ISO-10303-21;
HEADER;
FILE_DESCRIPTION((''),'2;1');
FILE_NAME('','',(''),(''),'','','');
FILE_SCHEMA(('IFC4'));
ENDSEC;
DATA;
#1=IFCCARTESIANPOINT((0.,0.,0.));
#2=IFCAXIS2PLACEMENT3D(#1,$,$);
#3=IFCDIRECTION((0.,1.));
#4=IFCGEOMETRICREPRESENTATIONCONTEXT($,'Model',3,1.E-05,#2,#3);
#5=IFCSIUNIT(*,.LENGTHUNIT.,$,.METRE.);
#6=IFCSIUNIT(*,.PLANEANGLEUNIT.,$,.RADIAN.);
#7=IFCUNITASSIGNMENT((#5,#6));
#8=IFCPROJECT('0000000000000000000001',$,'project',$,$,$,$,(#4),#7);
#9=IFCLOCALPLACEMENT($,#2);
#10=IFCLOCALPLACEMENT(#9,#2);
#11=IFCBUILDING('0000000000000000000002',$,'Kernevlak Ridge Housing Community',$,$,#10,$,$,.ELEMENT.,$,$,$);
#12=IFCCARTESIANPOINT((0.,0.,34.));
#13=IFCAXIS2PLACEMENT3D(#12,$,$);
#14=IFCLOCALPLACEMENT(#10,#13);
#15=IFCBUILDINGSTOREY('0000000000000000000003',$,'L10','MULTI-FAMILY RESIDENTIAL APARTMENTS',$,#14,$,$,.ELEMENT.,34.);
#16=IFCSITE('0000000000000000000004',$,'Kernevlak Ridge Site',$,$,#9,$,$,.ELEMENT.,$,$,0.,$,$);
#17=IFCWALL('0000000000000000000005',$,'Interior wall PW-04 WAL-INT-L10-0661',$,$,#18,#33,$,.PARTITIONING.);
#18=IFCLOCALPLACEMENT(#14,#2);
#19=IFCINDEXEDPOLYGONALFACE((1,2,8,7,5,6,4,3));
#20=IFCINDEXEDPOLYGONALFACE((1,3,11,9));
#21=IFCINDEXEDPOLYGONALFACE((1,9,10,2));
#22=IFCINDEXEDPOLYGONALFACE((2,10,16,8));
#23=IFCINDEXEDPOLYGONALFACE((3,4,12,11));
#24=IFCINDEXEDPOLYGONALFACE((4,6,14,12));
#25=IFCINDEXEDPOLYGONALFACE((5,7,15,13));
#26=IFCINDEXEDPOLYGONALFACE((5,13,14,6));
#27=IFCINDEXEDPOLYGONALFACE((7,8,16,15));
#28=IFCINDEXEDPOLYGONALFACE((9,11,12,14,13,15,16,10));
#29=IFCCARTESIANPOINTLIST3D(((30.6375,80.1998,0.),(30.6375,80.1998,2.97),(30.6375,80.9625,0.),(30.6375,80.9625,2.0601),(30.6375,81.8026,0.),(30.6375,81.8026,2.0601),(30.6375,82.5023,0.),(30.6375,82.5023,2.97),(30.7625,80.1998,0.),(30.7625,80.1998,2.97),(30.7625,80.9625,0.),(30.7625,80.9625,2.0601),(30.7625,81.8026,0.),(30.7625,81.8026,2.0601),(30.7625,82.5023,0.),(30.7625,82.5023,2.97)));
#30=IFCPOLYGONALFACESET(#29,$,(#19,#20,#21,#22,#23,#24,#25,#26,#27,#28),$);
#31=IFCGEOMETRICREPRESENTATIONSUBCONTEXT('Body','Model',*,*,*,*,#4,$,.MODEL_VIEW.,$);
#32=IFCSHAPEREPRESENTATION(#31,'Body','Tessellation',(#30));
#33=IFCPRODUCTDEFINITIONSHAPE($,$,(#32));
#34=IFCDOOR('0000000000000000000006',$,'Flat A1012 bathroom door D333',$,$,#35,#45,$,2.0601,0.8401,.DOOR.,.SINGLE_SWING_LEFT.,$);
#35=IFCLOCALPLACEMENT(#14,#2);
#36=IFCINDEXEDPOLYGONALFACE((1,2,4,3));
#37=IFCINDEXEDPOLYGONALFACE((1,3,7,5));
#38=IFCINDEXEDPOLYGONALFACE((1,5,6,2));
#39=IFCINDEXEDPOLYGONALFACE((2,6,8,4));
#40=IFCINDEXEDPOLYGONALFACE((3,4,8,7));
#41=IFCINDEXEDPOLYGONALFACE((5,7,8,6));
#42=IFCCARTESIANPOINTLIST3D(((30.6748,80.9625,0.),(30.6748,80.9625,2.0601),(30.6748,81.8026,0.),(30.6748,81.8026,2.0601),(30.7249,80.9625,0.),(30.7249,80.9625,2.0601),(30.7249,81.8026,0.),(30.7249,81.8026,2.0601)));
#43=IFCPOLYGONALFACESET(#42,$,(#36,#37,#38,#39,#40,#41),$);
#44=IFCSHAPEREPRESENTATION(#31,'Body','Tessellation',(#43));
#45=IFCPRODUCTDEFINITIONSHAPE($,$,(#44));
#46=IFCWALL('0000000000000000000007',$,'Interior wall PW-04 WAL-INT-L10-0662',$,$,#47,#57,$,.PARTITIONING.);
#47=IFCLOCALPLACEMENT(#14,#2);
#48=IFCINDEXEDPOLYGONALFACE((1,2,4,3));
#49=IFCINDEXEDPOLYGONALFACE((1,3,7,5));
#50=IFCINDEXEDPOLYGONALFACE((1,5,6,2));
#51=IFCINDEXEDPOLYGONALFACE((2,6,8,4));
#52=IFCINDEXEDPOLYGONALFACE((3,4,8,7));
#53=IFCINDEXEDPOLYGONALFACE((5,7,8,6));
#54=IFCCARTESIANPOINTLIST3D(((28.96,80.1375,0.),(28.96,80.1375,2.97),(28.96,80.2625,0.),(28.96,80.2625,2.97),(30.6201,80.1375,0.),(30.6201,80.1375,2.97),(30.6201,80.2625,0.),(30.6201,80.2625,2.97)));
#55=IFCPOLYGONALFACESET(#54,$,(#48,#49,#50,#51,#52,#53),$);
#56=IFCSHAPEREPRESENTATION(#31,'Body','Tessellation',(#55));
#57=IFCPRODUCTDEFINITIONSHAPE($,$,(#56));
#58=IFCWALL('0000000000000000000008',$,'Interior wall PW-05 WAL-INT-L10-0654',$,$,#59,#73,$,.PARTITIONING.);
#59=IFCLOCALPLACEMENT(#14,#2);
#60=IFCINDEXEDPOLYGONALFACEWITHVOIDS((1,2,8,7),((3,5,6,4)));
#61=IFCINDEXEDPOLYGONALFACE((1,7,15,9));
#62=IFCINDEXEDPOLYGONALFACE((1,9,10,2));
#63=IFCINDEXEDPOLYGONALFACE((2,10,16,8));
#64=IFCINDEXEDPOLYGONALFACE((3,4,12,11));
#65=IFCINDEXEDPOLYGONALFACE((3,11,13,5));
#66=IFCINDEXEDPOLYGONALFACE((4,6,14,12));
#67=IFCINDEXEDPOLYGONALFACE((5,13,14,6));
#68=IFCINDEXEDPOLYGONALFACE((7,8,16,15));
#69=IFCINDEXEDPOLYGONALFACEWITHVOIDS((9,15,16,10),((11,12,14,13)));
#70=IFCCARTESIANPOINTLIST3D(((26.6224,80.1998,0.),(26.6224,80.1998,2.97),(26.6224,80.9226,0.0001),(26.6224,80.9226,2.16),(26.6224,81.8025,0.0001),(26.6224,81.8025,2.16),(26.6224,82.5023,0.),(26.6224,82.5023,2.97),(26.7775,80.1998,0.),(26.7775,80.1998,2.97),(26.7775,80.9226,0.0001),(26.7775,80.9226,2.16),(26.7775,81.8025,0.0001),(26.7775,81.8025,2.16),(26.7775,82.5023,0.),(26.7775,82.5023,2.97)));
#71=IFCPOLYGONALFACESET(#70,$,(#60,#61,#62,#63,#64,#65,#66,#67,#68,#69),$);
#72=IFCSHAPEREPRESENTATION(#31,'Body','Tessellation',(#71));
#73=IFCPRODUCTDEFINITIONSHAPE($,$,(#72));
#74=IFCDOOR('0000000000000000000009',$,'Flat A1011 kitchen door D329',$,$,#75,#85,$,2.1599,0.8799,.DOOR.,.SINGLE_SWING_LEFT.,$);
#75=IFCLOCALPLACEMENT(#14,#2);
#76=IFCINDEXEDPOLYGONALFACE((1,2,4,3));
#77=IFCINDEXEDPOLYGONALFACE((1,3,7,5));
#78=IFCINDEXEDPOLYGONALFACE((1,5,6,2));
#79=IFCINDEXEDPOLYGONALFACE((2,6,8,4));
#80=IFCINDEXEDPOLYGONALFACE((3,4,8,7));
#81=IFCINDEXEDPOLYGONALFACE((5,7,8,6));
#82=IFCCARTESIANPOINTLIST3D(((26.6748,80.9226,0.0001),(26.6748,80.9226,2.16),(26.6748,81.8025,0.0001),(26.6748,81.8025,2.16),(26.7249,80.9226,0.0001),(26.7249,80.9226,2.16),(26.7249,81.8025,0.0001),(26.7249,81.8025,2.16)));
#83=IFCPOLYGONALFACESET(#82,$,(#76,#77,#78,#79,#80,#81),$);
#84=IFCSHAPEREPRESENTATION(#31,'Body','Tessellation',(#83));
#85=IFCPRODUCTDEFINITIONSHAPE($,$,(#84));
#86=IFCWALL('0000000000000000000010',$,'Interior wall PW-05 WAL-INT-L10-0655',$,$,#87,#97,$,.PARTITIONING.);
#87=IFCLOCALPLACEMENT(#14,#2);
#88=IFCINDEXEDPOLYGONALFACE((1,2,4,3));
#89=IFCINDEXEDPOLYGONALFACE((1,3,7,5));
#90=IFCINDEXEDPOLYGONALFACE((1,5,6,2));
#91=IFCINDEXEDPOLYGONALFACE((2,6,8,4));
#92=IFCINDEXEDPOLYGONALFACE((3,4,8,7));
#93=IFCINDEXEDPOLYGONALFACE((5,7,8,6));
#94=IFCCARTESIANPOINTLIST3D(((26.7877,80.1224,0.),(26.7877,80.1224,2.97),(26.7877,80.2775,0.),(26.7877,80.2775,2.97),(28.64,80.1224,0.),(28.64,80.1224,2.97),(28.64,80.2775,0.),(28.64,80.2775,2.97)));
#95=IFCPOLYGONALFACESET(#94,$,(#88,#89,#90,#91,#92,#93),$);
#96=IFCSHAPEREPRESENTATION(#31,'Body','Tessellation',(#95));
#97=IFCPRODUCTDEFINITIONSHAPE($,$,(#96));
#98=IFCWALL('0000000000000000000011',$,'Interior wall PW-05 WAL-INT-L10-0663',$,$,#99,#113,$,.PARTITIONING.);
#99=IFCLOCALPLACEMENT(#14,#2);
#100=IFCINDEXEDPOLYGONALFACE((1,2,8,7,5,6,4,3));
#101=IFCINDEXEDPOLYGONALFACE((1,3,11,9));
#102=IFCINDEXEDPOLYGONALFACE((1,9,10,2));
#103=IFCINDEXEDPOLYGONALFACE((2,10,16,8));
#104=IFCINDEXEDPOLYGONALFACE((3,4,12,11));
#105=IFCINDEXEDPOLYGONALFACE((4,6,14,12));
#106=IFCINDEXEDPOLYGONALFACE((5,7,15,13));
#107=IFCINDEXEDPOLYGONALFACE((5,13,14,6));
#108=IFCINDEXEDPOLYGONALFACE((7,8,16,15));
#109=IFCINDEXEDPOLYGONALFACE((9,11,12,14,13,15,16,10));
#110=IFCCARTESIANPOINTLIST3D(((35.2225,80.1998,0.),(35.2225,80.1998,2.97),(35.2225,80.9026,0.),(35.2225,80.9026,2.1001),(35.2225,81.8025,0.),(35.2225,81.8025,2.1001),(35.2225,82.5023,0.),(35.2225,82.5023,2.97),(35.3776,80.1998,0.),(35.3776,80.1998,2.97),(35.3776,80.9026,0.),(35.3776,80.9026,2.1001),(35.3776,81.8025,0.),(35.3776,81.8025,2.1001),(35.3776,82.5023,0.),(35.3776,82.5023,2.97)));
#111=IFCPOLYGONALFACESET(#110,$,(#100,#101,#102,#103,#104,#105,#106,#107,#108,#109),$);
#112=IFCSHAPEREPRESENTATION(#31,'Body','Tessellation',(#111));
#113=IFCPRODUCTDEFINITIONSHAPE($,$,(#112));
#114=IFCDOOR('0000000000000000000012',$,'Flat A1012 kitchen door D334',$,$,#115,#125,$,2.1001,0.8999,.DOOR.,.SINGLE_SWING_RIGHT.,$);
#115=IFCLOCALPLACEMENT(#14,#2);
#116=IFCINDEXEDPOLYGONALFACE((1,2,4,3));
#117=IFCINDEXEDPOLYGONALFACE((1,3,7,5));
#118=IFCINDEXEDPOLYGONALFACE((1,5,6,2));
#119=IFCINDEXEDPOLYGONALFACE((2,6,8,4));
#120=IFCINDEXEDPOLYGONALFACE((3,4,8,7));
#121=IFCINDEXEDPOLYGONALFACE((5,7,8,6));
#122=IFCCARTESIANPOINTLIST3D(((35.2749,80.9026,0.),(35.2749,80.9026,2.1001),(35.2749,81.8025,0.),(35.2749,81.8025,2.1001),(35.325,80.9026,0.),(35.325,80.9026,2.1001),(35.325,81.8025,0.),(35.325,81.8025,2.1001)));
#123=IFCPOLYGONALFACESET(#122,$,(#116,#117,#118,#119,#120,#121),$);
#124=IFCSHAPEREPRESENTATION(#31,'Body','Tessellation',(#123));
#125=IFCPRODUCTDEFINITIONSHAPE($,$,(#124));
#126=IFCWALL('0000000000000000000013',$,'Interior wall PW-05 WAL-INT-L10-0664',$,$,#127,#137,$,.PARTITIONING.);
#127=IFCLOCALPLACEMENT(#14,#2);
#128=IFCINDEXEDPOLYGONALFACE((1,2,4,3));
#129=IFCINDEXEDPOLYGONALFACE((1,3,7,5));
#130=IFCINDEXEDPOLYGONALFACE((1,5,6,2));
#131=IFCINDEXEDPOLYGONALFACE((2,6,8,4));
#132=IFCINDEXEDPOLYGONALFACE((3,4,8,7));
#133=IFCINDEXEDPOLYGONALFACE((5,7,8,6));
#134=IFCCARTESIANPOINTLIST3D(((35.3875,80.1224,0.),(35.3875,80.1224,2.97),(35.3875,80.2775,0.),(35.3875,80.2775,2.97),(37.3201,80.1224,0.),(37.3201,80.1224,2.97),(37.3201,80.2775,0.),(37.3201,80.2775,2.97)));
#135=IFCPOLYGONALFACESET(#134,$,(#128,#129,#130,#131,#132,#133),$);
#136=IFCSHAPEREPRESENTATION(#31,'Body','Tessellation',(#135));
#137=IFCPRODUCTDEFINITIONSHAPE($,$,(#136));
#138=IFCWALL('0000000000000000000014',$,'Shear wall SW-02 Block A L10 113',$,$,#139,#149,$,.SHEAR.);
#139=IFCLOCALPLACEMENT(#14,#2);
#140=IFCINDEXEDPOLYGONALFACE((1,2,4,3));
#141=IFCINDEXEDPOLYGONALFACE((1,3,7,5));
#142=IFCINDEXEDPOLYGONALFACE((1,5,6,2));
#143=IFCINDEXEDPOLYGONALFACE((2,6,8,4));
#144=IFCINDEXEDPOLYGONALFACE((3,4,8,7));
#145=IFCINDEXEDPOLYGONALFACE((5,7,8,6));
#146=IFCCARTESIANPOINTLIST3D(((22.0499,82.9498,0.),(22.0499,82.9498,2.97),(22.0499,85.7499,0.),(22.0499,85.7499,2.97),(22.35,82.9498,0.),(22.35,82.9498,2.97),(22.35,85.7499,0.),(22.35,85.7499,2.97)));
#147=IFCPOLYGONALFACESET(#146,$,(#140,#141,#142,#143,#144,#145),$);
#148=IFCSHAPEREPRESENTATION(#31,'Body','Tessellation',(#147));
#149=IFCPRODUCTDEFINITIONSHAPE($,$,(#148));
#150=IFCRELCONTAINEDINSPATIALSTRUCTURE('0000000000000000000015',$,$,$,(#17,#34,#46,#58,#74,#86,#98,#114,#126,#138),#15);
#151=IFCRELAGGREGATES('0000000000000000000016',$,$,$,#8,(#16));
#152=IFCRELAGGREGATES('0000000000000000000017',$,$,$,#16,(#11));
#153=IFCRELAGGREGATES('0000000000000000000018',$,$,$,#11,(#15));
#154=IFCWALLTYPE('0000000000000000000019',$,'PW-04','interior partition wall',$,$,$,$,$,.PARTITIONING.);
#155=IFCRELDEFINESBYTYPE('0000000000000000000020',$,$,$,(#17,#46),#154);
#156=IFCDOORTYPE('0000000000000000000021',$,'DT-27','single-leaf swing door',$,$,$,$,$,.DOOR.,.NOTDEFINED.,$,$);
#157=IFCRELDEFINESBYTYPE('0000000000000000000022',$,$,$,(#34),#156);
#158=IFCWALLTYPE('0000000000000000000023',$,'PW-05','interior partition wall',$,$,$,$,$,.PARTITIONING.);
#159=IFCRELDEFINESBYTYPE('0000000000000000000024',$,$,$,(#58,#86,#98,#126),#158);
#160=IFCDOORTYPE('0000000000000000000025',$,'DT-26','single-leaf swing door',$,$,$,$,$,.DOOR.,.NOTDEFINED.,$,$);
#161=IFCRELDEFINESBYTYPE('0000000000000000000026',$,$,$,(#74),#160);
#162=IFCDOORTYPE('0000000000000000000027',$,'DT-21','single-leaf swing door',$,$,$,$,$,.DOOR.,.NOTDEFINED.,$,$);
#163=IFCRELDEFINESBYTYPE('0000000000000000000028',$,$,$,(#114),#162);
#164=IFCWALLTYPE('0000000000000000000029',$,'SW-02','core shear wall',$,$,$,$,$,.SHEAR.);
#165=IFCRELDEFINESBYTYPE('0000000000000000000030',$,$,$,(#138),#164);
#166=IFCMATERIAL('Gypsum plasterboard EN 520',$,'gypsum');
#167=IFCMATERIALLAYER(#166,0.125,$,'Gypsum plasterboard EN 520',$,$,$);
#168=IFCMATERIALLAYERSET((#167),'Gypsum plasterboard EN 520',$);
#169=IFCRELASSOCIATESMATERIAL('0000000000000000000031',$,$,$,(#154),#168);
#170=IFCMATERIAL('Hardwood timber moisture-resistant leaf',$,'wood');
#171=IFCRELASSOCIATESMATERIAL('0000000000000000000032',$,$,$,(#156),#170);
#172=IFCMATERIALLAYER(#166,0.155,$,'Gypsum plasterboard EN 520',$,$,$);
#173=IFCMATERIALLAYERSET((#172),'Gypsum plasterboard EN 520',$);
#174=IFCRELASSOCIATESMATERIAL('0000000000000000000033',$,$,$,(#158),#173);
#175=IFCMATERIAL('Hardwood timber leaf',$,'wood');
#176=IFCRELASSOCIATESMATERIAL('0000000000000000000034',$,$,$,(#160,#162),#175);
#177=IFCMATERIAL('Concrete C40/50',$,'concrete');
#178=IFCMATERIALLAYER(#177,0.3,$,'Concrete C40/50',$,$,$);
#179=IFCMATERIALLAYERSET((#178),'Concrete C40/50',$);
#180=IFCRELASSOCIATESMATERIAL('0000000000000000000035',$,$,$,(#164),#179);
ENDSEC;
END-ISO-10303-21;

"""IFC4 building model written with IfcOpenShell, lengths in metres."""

from ifc_helpers import new_model, si_unit, direction, frame, frame_2d, origin, place, context, subcontext, project, spatial, rectangle, extrude, material, layer, layer_set, type_object, element, fill, save


model = new_model("IFC4")

# Units and contexts
model_context = context("Model", 3, precision=1e-05, world=origin(), true_north=direction((0.0, 1.0)))
body_context = subcontext(model_context, "Body", "Model", "MODEL_VIEW")
ifc_project = project(units=[si_unit("LENGTHUNIT", "METRE"), si_unit("PLANEANGLEUNIT", "RADIAN")], contexts=[model_context])

# Site, building, storey
site_placement = place(None, origin())
site = spatial("IfcSite", under=ifc_project, at=site_placement, Name="Kernevlak Ridge Site", CompositionType="ELEMENT", RefElevation=0.0)
building_placement = place(site_placement, origin())
building = spatial("IfcBuilding", under=site, at=building_placement, Name="Kernevlak Ridge Housing Community", CompositionType="ELEMENT")
storey_placement = place(building_placement, frame((0.0, 0.0, 34.0)))
storey = spatial("IfcBuildingStorey", under=building, at=storey_placement, Name="L10", Description="MULTI-FAMILY RESIDENTIAL APARTMENTS", CompositionType="ELEMENT", Elevation=34.0)

# Wall, opening, door
ifc_material_1 = material(Name="Hardwood timber leaf", Category="wood")
ifc_material_2 = material(Name="Gypsum plasterboard EN 520", Category="gypsum")
ifc_layer_1 = layer(ifc_material_2, 0.125, Name="Gypsum plasterboard EN 520")
ifc_layer_set_1 = layer_set([ifc_layer_1], Name="Gypsum plasterboard EN 520")
wall_type_1 = type_object("IfcWallType", Name="PW-04", Description="interior partition wall", PredefinedType="PARTITIONING", material=ifc_layer_set_1)
wall_1_placement = place(storey_placement, frame((30.7, 82.5024, 0.0), z_axis=(0.0, 0.0, 1.0), x_axis=(0.0, -1.0, 0.0)))
wall_1 = element("IfcWall", 1, at=wall_1_placement, inside=storey, type_object=wall_type_1, Name="Interior wall PW-04 WAL-INT-L10-0661", PredefinedType="PARTITIONING", context=body_context, shape_type="SweptSolid", body=[
    extrude(rectangle(XDim=2.3025, YDim=0.125, at=frame_2d((1.1514, 0.0))), origin(), (0.0, 0.0, 1.0), 2.97),
])
opening_1_placement = place(wall_1_placement, frame((0.7, 0.0, 0.0)))
opening_1 = element("IfcOpeningElement", 2, at=opening_1_placement, cuts=wall_1, PredefinedType="OPENING", context=body_context, shape_type="SweptSolid", body=[
    extrude(rectangle(XDim=0.8401, YDim=2.0601, at=frame_2d((0.4199, 1.03))), frame((0.0, 0.0725, 0.0), z_axis=(0.0, -1.0, 0.0), x_axis=(1.0, 0.0, 0.0)), (0.0, 0.0, 1.0), 0.145),
])
ifc_material_3 = material(Name="Hardwood timber moisture-resistant leaf", Category="wood")
door_type_1 = type_object("IfcDoorType", Name="DT-27", Description="single-leaf swing door", OperationType="NOTDEFINED", PredefinedType="DOOR", material=ifc_material_3)
door_1_placement = place(opening_1_placement, origin())
door_1 = element("IfcDoor", 3, at=door_1_placement, inside=storey, type_object=door_type_1, Name="Flat A1012 bathroom door D333", OperationType="SINGLE_SWING_LEFT", OverallHeight=2.0601, OverallWidth=0.8401, PredefinedType="DOOR", context=body_context, shape_type="SweptSolid", body=[
    extrude(rectangle(XDim=0.8401, YDim=2.0601, at=frame_2d((0.4199, 1.03))), frame((0.0, 0.0249, 0.0), z_axis=(0.0, -1.0, 0.0), x_axis=(1.0, 0.0, 0.0)), (0.0, 0.0, 1.0), 0.05),
])
fill(opening_1, door_1)

# Wall
wall_2_placement = place(storey_placement, frame((28.96, 80.2, 0.0), z_axis=(0.0, 0.0, 1.0), x_axis=(1.0, 0.0, 0.0)))
element("IfcWall", 4, at=wall_2_placement, inside=storey, type_object=wall_type_1, Name="Interior wall PW-04 WAL-INT-L10-0662", PredefinedType="PARTITIONING", context=body_context, shape_type="SweptSolid", body=[
    extrude(rectangle(XDim=1.6602, YDim=0.125, at=frame_2d((0.8301, 0.0))), origin(), (0.0, 0.0, 1.0), 2.97),
])

# Wall, opening, door
ifc_layer_2 = layer(ifc_material_2, 0.155, Name="Gypsum plasterboard EN 520")
ifc_layer_set_2 = layer_set([ifc_layer_2], Name="Gypsum plasterboard EN 520")
wall_type_2 = type_object("IfcWallType", Name="PW-05", Description="interior partition wall", PredefinedType="PARTITIONING", material=ifc_layer_set_2)
wall_3_placement = place(storey_placement, frame((26.7, 82.5024, 0.0), z_axis=(0.0, 0.0, 1.0), x_axis=(0.0, -1.0, 0.0)))
wall_3 = element("IfcWall", 5, at=wall_3_placement, inside=storey, type_object=wall_type_2, Name="Interior wall PW-05 WAL-INT-L10-0654", PredefinedType="PARTITIONING", context=body_context, shape_type="SweptSolid", body=[
    extrude(rectangle(XDim=2.3025, YDim=0.155, at=frame_2d((1.1514, 0.0))), origin(), (0.0, 0.0, 1.0), 2.97),
])
opening_2_placement = place(wall_3_placement, frame((0.7, 0.0, 0.0)))
opening_2 = element("IfcOpeningElement", 6, at=opening_2_placement, cuts=wall_3, PredefinedType="OPENING", context=body_context, shape_type="SweptSolid", body=[
    extrude(rectangle(XDim=0.8799, YDim=2.1599, at=frame_2d((0.4399, 1.0801))), frame((0.0, 0.0874, 0.0), z_axis=(0.0, -1.0, 0.0), x_axis=(1.0, 0.0, 0.0)), (0.0, 0.0, 1.0), 0.175),
])
door_type_2 = type_object("IfcDoorType", Name="DT-26", Description="single-leaf swing door", OperationType="NOTDEFINED", PredefinedType="DOOR", material=ifc_material_1)
door_2_placement = place(opening_2_placement, origin())
door_2 = element("IfcDoor", 7, at=door_2_placement, inside=storey, type_object=door_type_2, Name="Flat A1011 kitchen door D329", OperationType="SINGLE_SWING_LEFT", OverallHeight=2.1599, OverallWidth=0.8799, PredefinedType="DOOR", context=body_context, shape_type="SweptSolid", body=[
    extrude(rectangle(XDim=0.8799, YDim=2.1599, at=frame_2d((0.4399, 1.0801))), frame((0.0, 0.0249, 0.0), z_axis=(0.0, -1.0, 0.0), x_axis=(1.0, 0.0, 0.0)), (0.0, 0.0, 1.0), 0.05),
])
fill(opening_2, door_2)

# Wall
wall_4_placement = place(storey_placement, frame((26.7876, 80.2, 0.0), z_axis=(0.0, 0.0, 1.0), x_axis=(1.0, 0.0, 0.0)))
element("IfcWall", 8, at=wall_4_placement, inside=storey, type_object=wall_type_2, Name="Interior wall PW-05 WAL-INT-L10-0655", PredefinedType="PARTITIONING", context=body_context, shape_type="SweptSolid", body=[
    extrude(rectangle(XDim=1.8523, YDim=0.155, at=frame_2d((0.9263, 0.0))), origin(), (0.0, 0.0, 1.0), 2.97),
])

# Wall, opening, door
wall_5_placement = place(storey_placement, frame((35.3, 82.5024, 0.0), z_axis=(0.0, 0.0, 1.0), x_axis=(0.0, -1.0, 0.0)))
wall_5 = element("IfcWall", 9, at=wall_5_placement, inside=storey, type_object=wall_type_2, Name="Interior wall PW-05 WAL-INT-L10-0663", PredefinedType="PARTITIONING", context=body_context, shape_type="SweptSolid", body=[
    extrude(rectangle(XDim=2.3025, YDim=0.155, at=frame_2d((1.1514, 0.0))), origin(), (0.0, 0.0, 1.0), 2.97),
])
opening_3_placement = place(wall_5_placement, frame((0.7, 0.0, 0.0)))
opening_3 = element("IfcOpeningElement", 10, at=opening_3_placement, cuts=wall_5, PredefinedType="OPENING", context=body_context, shape_type="SweptSolid", body=[
    extrude(rectangle(XDim=0.8999, YDim=2.1001, at=frame_2d((0.45, 1.05))), frame((0.0, 0.0874, 0.0), z_axis=(0.0, -1.0, 0.0), x_axis=(1.0, 0.0, 0.0)), (0.0, 0.0, 1.0), 0.175),
])
door_type_3 = type_object("IfcDoorType", Name="DT-21", Description="single-leaf swing door", OperationType="NOTDEFINED", PredefinedType="DOOR", material=ifc_material_1)
door_3_placement = place(opening_3_placement, origin())
door_3 = element("IfcDoor", 11, at=door_3_placement, inside=storey, type_object=door_type_3, Name="Flat A1012 kitchen door D334", OperationType="SINGLE_SWING_RIGHT", OverallHeight=2.1001, OverallWidth=0.8999, PredefinedType="DOOR", context=body_context, shape_type="SweptSolid", body=[
    extrude(rectangle(XDim=0.8999, YDim=2.1001, at=frame_2d((0.45, 1.05))), frame((0.0, 0.0249, 0.0), z_axis=(0.0, -1.0, 0.0), x_axis=(1.0, 0.0, 0.0)), (0.0, 0.0, 1.0), 0.05),
])
fill(opening_3, door_3)

# Walls
wall_6_placement = place(storey_placement, frame((35.3875, 80.2, 0.0), z_axis=(0.0, 0.0, 1.0), x_axis=(1.0, 0.0, 0.0)))
element("IfcWall", 12, at=wall_6_placement, inside=storey, type_object=wall_type_2, Name="Interior wall PW-05 WAL-INT-L10-0664", PredefinedType="PARTITIONING", context=body_context, shape_type="SweptSolid", body=[
    extrude(rectangle(XDim=1.9326, YDim=0.155, at=frame_2d((0.9663, 0.0))), origin(), (0.0, 0.0, 1.0), 2.97),
])
ifc_material_4 = material(Name="Concrete C40/50", Category="concrete")
ifc_layer_3 = layer(ifc_material_4, 0.3, Name="Concrete C40/50")
ifc_layer_set_3 = layer_set([ifc_layer_3], Name="Concrete C40/50")
wall_type_3 = type_object("IfcWallType", Name="SW-02", Description="core shear wall", PredefinedType="SHEAR", material=ifc_layer_set_3)
wall_7_placement = place(storey_placement, frame((22.2, 82.95, 0.0), z_axis=(0.0, 0.0, 1.0), x_axis=(0.0, 1.0, 0.0)))
element("IfcWall", 13, at=wall_7_placement, inside=storey, type_object=wall_type_3, Name="Shear wall SW-02 Block A L10 113", PredefinedType="SHEAR", context=body_context, shape_type="SweptSolid", body=[
    extrude(rectangle(XDim=2.8, YDim=0.3, at=frame_2d((1.3999, 0.0))), origin(), (0.0, 0.0, 1.0), 2.97),
])

save(model, "model.ifc")
